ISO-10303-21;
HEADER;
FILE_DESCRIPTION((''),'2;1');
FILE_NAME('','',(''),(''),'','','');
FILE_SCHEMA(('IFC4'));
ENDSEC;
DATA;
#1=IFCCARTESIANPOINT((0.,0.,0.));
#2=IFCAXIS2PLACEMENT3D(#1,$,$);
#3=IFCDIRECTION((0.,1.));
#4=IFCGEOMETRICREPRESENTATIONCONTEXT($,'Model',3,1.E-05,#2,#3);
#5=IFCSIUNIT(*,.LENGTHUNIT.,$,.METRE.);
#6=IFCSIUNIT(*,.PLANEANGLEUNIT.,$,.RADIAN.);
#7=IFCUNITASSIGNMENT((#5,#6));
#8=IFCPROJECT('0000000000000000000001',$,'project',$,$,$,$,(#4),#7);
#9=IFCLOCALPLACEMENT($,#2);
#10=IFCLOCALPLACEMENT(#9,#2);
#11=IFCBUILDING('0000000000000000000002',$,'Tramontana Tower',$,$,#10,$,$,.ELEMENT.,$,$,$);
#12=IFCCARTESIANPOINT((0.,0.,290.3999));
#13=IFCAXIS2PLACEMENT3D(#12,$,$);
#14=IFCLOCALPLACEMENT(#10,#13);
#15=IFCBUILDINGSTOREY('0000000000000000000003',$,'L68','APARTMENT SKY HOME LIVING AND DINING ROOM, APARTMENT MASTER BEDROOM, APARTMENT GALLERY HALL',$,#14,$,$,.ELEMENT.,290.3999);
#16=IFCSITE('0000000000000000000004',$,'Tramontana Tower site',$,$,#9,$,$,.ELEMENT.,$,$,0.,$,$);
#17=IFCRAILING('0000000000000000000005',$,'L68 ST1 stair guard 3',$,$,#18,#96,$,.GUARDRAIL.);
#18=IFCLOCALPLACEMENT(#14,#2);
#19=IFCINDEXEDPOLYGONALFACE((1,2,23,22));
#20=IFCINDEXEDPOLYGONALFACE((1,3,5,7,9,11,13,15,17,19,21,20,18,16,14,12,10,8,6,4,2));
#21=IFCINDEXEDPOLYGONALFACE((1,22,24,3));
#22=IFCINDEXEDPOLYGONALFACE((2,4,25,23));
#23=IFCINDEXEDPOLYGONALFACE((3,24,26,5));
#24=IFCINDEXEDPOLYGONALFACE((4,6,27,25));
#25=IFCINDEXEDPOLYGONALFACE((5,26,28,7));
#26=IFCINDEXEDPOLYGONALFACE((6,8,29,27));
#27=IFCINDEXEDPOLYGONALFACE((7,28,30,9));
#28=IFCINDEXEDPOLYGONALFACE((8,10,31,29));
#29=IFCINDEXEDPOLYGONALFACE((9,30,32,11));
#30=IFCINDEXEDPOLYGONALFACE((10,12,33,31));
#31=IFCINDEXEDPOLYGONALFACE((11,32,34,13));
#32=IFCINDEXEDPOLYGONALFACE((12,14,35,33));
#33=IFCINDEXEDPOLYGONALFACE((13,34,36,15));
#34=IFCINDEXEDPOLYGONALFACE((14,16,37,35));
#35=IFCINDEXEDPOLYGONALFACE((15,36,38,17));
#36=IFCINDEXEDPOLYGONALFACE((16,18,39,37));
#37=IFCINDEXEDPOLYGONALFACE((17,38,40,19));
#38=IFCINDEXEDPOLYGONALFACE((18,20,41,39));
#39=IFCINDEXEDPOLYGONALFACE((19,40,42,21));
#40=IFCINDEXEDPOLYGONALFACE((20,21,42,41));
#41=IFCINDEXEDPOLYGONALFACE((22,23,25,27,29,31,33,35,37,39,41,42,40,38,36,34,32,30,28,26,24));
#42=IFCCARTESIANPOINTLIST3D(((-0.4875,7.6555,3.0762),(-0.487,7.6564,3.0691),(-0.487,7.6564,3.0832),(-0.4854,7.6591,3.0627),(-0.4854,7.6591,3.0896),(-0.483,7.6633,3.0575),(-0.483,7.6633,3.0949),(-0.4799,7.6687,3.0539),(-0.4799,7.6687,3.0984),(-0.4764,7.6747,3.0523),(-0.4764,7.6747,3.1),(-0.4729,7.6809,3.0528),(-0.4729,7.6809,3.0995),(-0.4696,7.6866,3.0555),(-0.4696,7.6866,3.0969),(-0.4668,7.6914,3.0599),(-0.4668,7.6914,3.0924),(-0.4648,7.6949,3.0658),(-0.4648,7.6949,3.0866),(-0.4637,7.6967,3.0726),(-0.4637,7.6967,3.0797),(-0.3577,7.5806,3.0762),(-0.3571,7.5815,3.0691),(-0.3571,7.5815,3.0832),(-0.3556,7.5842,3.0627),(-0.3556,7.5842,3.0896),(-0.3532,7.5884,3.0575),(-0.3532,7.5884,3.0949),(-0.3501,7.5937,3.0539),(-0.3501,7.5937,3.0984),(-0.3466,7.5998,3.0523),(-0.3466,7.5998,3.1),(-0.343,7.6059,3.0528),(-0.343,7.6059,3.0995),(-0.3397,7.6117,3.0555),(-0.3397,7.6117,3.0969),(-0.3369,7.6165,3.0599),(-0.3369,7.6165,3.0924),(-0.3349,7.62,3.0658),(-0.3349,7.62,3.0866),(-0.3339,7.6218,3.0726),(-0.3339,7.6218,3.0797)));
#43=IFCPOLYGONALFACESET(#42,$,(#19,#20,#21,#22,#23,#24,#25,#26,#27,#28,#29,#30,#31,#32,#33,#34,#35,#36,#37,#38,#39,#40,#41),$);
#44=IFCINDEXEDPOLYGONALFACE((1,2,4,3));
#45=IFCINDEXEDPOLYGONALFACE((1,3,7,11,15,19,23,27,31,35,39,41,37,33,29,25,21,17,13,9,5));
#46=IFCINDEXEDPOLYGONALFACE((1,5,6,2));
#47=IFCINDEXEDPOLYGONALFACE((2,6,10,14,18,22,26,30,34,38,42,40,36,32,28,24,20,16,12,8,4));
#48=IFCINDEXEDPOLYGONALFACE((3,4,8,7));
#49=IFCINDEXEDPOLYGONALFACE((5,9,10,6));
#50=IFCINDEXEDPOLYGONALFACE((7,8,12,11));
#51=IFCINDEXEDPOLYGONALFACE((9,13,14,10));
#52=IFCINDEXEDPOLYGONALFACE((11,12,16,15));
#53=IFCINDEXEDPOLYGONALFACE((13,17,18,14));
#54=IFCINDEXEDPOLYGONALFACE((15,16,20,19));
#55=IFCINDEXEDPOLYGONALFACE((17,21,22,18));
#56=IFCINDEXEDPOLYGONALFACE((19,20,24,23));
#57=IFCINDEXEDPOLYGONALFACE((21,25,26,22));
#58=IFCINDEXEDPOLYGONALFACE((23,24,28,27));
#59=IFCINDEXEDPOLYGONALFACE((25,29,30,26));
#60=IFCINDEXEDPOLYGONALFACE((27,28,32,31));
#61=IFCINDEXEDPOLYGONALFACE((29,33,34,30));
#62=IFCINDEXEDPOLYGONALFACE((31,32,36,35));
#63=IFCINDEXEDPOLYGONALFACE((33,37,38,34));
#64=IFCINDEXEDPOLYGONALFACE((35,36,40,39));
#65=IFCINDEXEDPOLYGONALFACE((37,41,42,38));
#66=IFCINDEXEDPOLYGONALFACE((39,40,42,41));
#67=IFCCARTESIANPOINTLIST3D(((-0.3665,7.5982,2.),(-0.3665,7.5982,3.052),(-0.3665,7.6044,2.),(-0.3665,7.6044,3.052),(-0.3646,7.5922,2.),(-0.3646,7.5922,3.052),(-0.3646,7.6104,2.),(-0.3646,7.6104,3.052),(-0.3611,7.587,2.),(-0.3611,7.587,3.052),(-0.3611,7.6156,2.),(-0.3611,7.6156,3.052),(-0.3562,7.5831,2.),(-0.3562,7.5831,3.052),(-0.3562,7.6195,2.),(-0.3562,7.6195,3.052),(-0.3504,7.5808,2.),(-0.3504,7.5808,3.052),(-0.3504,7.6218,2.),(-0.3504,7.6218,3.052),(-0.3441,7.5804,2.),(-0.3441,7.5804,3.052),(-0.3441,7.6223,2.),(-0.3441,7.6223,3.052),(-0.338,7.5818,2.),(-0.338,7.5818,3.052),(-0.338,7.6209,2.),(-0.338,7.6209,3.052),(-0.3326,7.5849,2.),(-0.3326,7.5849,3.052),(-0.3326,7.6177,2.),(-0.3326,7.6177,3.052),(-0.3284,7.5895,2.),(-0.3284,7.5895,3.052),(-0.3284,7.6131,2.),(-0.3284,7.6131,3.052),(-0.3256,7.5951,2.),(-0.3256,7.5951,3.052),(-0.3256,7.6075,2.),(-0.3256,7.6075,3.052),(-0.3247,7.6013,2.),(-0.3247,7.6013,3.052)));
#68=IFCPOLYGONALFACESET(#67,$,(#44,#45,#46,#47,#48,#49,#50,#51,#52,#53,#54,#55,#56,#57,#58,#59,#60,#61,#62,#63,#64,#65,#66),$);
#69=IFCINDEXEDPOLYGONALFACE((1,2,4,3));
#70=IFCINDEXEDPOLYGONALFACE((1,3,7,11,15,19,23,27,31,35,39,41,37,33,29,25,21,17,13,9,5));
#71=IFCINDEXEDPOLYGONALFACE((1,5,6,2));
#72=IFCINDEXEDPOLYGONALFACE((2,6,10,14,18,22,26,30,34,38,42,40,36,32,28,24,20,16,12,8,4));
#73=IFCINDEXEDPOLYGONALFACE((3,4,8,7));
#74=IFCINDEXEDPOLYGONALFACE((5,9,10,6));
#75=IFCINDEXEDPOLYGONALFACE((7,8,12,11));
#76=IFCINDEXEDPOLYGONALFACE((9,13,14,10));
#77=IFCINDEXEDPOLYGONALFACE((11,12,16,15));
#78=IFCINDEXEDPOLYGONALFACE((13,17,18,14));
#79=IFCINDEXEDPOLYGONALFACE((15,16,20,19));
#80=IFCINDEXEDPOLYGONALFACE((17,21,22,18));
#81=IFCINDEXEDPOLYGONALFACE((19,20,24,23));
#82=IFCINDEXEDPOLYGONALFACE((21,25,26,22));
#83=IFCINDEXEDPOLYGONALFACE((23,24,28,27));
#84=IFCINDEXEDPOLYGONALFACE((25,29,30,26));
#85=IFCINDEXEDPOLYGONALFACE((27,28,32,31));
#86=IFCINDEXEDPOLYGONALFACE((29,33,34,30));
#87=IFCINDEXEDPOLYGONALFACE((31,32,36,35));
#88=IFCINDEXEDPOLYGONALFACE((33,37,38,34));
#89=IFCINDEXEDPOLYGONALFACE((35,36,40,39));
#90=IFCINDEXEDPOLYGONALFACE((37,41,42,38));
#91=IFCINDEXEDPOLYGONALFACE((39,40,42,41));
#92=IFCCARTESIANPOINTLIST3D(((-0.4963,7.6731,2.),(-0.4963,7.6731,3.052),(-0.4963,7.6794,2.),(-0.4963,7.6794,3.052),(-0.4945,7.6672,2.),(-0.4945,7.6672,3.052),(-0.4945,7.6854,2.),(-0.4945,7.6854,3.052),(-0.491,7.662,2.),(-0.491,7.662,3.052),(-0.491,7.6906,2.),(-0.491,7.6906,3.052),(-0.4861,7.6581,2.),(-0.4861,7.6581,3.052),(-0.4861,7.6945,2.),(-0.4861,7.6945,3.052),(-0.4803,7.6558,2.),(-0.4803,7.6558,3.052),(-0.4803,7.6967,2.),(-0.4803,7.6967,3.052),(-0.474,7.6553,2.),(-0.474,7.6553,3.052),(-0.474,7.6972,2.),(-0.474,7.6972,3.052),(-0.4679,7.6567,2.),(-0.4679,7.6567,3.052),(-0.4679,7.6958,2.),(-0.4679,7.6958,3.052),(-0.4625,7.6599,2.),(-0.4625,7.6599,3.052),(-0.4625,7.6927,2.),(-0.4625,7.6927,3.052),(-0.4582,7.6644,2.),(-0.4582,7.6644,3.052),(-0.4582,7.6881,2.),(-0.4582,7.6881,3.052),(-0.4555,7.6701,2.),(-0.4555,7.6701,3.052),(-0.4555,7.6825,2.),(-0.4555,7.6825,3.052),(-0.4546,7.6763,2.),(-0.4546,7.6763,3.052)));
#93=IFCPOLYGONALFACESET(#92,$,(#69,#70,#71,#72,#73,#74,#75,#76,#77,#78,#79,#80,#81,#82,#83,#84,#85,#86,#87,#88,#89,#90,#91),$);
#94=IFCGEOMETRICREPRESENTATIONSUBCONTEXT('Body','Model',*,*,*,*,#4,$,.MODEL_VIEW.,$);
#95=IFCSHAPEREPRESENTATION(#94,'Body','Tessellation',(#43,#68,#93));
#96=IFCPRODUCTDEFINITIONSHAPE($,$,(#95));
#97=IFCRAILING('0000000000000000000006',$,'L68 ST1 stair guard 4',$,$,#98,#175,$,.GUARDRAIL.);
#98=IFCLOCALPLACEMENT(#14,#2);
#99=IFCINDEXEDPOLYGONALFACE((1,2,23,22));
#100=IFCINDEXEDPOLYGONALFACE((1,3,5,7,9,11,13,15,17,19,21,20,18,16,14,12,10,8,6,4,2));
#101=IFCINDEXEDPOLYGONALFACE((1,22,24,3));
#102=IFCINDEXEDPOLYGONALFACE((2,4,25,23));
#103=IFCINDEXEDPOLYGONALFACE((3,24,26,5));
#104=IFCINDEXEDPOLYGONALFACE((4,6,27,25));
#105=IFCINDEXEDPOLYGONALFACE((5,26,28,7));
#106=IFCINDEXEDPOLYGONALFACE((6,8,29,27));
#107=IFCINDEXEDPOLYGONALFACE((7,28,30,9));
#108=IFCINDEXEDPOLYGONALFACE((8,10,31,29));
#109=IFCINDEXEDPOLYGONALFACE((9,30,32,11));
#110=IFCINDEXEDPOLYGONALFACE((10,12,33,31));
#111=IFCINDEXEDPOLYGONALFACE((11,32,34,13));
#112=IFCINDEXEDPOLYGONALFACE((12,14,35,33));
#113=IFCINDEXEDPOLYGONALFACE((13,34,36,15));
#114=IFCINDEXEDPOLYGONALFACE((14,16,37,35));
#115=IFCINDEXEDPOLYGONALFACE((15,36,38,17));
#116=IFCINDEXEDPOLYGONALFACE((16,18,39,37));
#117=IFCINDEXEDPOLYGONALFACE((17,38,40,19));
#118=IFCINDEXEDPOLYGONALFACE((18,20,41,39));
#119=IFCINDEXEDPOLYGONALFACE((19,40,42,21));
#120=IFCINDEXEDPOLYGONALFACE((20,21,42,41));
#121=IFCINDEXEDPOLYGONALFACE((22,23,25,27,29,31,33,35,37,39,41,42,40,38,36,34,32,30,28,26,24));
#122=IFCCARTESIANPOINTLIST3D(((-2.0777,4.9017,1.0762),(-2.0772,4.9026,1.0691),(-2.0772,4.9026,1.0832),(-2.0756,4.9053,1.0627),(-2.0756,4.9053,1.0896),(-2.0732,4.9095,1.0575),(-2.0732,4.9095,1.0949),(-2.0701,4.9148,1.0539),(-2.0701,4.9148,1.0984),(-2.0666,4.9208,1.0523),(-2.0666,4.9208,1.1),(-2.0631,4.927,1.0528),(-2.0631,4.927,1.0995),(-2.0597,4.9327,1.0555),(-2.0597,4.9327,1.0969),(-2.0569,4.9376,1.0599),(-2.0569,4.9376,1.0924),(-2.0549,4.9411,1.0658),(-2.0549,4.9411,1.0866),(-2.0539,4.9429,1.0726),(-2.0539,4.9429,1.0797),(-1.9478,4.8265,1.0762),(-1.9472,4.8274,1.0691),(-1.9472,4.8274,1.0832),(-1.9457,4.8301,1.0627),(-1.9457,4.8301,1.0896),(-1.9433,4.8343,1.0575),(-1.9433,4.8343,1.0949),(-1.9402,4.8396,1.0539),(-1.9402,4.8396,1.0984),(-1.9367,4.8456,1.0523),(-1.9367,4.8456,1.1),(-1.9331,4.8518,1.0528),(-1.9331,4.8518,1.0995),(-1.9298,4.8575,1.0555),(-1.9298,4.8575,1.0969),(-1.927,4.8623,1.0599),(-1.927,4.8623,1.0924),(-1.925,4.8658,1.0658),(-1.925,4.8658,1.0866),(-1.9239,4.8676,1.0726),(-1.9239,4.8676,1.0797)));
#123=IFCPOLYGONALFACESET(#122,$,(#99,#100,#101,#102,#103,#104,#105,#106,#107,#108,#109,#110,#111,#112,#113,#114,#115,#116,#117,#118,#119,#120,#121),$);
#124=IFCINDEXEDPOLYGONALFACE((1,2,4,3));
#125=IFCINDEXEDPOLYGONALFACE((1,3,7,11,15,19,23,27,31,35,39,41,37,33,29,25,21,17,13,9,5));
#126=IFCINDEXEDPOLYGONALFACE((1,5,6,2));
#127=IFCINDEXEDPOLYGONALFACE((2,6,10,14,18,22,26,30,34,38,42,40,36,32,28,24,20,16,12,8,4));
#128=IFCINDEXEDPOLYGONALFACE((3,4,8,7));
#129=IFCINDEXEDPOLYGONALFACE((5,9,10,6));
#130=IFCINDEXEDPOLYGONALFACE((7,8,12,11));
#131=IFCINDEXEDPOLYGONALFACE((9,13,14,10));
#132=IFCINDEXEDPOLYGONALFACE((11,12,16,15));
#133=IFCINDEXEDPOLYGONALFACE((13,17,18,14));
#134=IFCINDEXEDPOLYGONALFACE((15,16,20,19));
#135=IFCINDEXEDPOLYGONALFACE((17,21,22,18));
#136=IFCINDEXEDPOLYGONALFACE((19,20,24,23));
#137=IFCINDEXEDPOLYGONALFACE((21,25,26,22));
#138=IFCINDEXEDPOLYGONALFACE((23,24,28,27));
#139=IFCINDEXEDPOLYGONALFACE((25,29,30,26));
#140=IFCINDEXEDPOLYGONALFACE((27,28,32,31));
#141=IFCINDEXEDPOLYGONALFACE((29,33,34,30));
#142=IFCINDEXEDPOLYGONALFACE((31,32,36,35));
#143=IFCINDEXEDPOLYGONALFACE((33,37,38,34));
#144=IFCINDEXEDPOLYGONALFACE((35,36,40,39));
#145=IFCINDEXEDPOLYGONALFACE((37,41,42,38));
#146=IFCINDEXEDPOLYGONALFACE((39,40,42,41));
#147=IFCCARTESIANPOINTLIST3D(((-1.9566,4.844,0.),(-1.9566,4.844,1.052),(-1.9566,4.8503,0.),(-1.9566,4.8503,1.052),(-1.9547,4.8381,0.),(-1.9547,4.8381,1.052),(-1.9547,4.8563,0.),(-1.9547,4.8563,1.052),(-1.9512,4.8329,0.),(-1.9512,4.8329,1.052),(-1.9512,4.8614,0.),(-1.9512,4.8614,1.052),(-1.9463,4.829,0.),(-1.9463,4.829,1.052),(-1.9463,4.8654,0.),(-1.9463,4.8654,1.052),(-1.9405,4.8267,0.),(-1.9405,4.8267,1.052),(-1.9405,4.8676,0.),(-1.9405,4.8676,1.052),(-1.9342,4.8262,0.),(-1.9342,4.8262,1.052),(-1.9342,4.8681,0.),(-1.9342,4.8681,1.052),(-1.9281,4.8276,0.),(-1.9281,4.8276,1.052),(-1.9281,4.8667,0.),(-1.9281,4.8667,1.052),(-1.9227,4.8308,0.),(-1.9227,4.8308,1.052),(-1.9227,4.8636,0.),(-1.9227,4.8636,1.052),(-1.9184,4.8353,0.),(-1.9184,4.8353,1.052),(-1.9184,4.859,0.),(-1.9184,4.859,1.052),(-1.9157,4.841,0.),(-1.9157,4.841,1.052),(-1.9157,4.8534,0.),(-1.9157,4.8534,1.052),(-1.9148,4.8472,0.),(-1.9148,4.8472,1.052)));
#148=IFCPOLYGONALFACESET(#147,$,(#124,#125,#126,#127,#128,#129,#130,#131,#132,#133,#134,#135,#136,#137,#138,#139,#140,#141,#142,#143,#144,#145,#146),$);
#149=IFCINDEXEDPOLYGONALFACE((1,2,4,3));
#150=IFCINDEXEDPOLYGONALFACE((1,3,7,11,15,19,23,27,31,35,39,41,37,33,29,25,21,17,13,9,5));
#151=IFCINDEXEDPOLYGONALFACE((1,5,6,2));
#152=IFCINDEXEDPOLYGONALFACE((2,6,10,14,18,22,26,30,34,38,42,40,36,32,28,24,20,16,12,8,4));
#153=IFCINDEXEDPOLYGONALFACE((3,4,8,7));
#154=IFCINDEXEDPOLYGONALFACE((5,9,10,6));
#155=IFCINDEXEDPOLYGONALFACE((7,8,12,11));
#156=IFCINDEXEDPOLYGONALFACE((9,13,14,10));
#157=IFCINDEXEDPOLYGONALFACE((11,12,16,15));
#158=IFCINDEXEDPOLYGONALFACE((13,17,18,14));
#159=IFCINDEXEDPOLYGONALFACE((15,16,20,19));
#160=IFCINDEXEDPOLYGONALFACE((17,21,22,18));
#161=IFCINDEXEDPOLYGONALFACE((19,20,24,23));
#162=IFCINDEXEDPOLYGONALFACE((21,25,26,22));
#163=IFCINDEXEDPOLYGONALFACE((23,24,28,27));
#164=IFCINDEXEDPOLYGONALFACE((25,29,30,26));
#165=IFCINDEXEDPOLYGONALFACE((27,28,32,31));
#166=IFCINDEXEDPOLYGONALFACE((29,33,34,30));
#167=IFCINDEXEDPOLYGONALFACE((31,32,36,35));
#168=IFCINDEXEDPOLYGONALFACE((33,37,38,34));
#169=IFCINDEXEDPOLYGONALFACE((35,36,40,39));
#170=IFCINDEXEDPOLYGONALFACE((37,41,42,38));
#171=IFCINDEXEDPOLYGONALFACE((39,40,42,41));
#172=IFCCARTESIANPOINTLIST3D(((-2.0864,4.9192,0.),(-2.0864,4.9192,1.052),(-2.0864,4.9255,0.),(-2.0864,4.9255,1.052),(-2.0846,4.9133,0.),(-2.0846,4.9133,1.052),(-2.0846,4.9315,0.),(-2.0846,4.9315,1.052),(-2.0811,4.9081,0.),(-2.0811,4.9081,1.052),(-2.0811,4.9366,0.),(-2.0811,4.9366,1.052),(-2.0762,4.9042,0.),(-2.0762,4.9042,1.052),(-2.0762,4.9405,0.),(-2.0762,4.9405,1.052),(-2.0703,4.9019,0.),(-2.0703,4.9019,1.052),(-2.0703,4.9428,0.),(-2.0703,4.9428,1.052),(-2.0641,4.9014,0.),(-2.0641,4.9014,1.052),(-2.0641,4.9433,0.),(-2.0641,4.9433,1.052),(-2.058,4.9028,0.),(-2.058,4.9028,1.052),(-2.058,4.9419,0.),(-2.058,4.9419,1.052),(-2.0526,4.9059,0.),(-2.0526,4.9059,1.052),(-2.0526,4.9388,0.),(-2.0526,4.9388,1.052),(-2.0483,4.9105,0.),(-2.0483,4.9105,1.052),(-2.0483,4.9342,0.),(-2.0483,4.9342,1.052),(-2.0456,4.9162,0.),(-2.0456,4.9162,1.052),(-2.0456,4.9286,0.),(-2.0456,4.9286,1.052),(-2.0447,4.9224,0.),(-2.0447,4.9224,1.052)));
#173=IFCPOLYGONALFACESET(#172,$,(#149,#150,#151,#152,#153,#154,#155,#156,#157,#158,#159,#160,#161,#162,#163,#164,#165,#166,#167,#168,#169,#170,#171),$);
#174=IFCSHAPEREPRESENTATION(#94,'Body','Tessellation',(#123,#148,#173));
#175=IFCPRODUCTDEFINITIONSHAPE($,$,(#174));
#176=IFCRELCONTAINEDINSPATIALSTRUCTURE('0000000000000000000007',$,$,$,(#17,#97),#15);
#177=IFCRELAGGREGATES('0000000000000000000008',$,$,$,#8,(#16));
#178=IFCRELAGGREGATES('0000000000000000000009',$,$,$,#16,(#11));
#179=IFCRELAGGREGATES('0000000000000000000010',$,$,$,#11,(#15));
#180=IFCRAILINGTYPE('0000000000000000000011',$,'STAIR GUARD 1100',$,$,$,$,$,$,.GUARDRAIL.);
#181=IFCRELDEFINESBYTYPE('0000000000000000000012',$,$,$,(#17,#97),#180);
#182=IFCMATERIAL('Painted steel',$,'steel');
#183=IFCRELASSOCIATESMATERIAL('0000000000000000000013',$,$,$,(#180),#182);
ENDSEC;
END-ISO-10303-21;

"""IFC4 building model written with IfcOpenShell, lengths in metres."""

from ifc_helpers import new_model, si_unit, direction, frame, origin, origin_2d, place, context, subcontext, project, spatial, circle, extrude, material, type_object, element, save


model = new_model("IFC4")

# Units and contexts
model_context = context("Model", 3, precision=1e-05, world=origin(), true_north=direction((0.0, 1.0)))
body_context = subcontext(model_context, "Body", "Model", "MODEL_VIEW")
ifc_project = project(units=[si_unit("LENGTHUNIT", "METRE"), si_unit("PLANEANGLEUNIT", "RADIAN")], contexts=[model_context])

# Site, building, storey
site_placement = place(None, origin())
site = spatial("IfcSite", under=ifc_project, at=site_placement, Name="Tramontana Tower site", CompositionType="ELEMENT", RefElevation=0.0)
building_placement = place(site_placement, origin())
building = spatial("IfcBuilding", under=site, at=building_placement, Name="Tramontana Tower", CompositionType="ELEMENT")
storey_placement = place(building_placement, frame((0.0, 0.0, 290.3999)))
storey = spatial("IfcBuildingStorey", under=building, at=storey_placement, Name="L68", Description="APARTMENT SKY HOME LIVING AND DINING ROOM, APARTMENT MASTER BEDROOM, APARTMENT GALLERY HALL", CompositionType="ELEMENT", Elevation=290.3999)

# Railings
ifc_material_1 = material(Name="Painted steel", Category="steel")
railing_type_1 = type_object("IfcRailingType", Name="STAIR GUARD 1100", PredefinedType="GUARDRAIL", material=ifc_material_1)
railing_1_placement = place(storey_placement, frame((-0.3457, 7.6013, 2.0)))
element("IfcRailing", 1, at=railing_1_placement, inside=storey, type_object=railing_type_1, Name="L68 ST1 stair guard 3", PredefinedType="GUARDRAIL", context=body_context, shape_type="SweptSolid", body=[
    extrude(circle(Radius=0.0239, at=origin_2d()), frame((0.0, 0.0, 1.0762), z_axis=(-0.866131, 0.499816, 0.0), x_axis=(-0.499816, -0.866131, 0.0)), (0.0, 0.0, 1.0), 0.1499),
    extrude(circle(Radius=0.021, at=origin_2d()), origin(), (0.0, 0.0, 1.0), 1.052),
    extrude(circle(Radius=0.021, at=origin_2d()), frame((-0.1299, 0.075, 0.0)), (0.0, 0.0, 1.0), 1.052),
])
railing_2_placement = place(storey_placement, frame((-1.9358, 4.8472, 0.0)))
element("IfcRailing", 2, at=railing_2_placement, inside=storey, type_object=railing_type_1, Name="L68 ST1 stair guard 4", PredefinedType="GUARDRAIL", context=body_context, shape_type="SweptSolid", body=[
    extrude(circle(Radius=0.0239, at=origin_2d()), frame((0.0, 0.0, 1.0762), z_axis=(-0.865426, 0.501036, 0.0), x_axis=(-0.501036, -0.865426, 0.0)), (0.0, 0.0, 1.0), 0.1501),
    extrude(circle(Radius=0.021, at=origin_2d()), origin(), (0.0, 0.0, 1.0), 1.052),
    extrude(circle(Radius=0.021, at=origin_2d()), frame((-0.1299, 0.0752, 0.0)), (0.0, 0.0, 1.0), 1.052),
])

save(model, "model.ifc")
